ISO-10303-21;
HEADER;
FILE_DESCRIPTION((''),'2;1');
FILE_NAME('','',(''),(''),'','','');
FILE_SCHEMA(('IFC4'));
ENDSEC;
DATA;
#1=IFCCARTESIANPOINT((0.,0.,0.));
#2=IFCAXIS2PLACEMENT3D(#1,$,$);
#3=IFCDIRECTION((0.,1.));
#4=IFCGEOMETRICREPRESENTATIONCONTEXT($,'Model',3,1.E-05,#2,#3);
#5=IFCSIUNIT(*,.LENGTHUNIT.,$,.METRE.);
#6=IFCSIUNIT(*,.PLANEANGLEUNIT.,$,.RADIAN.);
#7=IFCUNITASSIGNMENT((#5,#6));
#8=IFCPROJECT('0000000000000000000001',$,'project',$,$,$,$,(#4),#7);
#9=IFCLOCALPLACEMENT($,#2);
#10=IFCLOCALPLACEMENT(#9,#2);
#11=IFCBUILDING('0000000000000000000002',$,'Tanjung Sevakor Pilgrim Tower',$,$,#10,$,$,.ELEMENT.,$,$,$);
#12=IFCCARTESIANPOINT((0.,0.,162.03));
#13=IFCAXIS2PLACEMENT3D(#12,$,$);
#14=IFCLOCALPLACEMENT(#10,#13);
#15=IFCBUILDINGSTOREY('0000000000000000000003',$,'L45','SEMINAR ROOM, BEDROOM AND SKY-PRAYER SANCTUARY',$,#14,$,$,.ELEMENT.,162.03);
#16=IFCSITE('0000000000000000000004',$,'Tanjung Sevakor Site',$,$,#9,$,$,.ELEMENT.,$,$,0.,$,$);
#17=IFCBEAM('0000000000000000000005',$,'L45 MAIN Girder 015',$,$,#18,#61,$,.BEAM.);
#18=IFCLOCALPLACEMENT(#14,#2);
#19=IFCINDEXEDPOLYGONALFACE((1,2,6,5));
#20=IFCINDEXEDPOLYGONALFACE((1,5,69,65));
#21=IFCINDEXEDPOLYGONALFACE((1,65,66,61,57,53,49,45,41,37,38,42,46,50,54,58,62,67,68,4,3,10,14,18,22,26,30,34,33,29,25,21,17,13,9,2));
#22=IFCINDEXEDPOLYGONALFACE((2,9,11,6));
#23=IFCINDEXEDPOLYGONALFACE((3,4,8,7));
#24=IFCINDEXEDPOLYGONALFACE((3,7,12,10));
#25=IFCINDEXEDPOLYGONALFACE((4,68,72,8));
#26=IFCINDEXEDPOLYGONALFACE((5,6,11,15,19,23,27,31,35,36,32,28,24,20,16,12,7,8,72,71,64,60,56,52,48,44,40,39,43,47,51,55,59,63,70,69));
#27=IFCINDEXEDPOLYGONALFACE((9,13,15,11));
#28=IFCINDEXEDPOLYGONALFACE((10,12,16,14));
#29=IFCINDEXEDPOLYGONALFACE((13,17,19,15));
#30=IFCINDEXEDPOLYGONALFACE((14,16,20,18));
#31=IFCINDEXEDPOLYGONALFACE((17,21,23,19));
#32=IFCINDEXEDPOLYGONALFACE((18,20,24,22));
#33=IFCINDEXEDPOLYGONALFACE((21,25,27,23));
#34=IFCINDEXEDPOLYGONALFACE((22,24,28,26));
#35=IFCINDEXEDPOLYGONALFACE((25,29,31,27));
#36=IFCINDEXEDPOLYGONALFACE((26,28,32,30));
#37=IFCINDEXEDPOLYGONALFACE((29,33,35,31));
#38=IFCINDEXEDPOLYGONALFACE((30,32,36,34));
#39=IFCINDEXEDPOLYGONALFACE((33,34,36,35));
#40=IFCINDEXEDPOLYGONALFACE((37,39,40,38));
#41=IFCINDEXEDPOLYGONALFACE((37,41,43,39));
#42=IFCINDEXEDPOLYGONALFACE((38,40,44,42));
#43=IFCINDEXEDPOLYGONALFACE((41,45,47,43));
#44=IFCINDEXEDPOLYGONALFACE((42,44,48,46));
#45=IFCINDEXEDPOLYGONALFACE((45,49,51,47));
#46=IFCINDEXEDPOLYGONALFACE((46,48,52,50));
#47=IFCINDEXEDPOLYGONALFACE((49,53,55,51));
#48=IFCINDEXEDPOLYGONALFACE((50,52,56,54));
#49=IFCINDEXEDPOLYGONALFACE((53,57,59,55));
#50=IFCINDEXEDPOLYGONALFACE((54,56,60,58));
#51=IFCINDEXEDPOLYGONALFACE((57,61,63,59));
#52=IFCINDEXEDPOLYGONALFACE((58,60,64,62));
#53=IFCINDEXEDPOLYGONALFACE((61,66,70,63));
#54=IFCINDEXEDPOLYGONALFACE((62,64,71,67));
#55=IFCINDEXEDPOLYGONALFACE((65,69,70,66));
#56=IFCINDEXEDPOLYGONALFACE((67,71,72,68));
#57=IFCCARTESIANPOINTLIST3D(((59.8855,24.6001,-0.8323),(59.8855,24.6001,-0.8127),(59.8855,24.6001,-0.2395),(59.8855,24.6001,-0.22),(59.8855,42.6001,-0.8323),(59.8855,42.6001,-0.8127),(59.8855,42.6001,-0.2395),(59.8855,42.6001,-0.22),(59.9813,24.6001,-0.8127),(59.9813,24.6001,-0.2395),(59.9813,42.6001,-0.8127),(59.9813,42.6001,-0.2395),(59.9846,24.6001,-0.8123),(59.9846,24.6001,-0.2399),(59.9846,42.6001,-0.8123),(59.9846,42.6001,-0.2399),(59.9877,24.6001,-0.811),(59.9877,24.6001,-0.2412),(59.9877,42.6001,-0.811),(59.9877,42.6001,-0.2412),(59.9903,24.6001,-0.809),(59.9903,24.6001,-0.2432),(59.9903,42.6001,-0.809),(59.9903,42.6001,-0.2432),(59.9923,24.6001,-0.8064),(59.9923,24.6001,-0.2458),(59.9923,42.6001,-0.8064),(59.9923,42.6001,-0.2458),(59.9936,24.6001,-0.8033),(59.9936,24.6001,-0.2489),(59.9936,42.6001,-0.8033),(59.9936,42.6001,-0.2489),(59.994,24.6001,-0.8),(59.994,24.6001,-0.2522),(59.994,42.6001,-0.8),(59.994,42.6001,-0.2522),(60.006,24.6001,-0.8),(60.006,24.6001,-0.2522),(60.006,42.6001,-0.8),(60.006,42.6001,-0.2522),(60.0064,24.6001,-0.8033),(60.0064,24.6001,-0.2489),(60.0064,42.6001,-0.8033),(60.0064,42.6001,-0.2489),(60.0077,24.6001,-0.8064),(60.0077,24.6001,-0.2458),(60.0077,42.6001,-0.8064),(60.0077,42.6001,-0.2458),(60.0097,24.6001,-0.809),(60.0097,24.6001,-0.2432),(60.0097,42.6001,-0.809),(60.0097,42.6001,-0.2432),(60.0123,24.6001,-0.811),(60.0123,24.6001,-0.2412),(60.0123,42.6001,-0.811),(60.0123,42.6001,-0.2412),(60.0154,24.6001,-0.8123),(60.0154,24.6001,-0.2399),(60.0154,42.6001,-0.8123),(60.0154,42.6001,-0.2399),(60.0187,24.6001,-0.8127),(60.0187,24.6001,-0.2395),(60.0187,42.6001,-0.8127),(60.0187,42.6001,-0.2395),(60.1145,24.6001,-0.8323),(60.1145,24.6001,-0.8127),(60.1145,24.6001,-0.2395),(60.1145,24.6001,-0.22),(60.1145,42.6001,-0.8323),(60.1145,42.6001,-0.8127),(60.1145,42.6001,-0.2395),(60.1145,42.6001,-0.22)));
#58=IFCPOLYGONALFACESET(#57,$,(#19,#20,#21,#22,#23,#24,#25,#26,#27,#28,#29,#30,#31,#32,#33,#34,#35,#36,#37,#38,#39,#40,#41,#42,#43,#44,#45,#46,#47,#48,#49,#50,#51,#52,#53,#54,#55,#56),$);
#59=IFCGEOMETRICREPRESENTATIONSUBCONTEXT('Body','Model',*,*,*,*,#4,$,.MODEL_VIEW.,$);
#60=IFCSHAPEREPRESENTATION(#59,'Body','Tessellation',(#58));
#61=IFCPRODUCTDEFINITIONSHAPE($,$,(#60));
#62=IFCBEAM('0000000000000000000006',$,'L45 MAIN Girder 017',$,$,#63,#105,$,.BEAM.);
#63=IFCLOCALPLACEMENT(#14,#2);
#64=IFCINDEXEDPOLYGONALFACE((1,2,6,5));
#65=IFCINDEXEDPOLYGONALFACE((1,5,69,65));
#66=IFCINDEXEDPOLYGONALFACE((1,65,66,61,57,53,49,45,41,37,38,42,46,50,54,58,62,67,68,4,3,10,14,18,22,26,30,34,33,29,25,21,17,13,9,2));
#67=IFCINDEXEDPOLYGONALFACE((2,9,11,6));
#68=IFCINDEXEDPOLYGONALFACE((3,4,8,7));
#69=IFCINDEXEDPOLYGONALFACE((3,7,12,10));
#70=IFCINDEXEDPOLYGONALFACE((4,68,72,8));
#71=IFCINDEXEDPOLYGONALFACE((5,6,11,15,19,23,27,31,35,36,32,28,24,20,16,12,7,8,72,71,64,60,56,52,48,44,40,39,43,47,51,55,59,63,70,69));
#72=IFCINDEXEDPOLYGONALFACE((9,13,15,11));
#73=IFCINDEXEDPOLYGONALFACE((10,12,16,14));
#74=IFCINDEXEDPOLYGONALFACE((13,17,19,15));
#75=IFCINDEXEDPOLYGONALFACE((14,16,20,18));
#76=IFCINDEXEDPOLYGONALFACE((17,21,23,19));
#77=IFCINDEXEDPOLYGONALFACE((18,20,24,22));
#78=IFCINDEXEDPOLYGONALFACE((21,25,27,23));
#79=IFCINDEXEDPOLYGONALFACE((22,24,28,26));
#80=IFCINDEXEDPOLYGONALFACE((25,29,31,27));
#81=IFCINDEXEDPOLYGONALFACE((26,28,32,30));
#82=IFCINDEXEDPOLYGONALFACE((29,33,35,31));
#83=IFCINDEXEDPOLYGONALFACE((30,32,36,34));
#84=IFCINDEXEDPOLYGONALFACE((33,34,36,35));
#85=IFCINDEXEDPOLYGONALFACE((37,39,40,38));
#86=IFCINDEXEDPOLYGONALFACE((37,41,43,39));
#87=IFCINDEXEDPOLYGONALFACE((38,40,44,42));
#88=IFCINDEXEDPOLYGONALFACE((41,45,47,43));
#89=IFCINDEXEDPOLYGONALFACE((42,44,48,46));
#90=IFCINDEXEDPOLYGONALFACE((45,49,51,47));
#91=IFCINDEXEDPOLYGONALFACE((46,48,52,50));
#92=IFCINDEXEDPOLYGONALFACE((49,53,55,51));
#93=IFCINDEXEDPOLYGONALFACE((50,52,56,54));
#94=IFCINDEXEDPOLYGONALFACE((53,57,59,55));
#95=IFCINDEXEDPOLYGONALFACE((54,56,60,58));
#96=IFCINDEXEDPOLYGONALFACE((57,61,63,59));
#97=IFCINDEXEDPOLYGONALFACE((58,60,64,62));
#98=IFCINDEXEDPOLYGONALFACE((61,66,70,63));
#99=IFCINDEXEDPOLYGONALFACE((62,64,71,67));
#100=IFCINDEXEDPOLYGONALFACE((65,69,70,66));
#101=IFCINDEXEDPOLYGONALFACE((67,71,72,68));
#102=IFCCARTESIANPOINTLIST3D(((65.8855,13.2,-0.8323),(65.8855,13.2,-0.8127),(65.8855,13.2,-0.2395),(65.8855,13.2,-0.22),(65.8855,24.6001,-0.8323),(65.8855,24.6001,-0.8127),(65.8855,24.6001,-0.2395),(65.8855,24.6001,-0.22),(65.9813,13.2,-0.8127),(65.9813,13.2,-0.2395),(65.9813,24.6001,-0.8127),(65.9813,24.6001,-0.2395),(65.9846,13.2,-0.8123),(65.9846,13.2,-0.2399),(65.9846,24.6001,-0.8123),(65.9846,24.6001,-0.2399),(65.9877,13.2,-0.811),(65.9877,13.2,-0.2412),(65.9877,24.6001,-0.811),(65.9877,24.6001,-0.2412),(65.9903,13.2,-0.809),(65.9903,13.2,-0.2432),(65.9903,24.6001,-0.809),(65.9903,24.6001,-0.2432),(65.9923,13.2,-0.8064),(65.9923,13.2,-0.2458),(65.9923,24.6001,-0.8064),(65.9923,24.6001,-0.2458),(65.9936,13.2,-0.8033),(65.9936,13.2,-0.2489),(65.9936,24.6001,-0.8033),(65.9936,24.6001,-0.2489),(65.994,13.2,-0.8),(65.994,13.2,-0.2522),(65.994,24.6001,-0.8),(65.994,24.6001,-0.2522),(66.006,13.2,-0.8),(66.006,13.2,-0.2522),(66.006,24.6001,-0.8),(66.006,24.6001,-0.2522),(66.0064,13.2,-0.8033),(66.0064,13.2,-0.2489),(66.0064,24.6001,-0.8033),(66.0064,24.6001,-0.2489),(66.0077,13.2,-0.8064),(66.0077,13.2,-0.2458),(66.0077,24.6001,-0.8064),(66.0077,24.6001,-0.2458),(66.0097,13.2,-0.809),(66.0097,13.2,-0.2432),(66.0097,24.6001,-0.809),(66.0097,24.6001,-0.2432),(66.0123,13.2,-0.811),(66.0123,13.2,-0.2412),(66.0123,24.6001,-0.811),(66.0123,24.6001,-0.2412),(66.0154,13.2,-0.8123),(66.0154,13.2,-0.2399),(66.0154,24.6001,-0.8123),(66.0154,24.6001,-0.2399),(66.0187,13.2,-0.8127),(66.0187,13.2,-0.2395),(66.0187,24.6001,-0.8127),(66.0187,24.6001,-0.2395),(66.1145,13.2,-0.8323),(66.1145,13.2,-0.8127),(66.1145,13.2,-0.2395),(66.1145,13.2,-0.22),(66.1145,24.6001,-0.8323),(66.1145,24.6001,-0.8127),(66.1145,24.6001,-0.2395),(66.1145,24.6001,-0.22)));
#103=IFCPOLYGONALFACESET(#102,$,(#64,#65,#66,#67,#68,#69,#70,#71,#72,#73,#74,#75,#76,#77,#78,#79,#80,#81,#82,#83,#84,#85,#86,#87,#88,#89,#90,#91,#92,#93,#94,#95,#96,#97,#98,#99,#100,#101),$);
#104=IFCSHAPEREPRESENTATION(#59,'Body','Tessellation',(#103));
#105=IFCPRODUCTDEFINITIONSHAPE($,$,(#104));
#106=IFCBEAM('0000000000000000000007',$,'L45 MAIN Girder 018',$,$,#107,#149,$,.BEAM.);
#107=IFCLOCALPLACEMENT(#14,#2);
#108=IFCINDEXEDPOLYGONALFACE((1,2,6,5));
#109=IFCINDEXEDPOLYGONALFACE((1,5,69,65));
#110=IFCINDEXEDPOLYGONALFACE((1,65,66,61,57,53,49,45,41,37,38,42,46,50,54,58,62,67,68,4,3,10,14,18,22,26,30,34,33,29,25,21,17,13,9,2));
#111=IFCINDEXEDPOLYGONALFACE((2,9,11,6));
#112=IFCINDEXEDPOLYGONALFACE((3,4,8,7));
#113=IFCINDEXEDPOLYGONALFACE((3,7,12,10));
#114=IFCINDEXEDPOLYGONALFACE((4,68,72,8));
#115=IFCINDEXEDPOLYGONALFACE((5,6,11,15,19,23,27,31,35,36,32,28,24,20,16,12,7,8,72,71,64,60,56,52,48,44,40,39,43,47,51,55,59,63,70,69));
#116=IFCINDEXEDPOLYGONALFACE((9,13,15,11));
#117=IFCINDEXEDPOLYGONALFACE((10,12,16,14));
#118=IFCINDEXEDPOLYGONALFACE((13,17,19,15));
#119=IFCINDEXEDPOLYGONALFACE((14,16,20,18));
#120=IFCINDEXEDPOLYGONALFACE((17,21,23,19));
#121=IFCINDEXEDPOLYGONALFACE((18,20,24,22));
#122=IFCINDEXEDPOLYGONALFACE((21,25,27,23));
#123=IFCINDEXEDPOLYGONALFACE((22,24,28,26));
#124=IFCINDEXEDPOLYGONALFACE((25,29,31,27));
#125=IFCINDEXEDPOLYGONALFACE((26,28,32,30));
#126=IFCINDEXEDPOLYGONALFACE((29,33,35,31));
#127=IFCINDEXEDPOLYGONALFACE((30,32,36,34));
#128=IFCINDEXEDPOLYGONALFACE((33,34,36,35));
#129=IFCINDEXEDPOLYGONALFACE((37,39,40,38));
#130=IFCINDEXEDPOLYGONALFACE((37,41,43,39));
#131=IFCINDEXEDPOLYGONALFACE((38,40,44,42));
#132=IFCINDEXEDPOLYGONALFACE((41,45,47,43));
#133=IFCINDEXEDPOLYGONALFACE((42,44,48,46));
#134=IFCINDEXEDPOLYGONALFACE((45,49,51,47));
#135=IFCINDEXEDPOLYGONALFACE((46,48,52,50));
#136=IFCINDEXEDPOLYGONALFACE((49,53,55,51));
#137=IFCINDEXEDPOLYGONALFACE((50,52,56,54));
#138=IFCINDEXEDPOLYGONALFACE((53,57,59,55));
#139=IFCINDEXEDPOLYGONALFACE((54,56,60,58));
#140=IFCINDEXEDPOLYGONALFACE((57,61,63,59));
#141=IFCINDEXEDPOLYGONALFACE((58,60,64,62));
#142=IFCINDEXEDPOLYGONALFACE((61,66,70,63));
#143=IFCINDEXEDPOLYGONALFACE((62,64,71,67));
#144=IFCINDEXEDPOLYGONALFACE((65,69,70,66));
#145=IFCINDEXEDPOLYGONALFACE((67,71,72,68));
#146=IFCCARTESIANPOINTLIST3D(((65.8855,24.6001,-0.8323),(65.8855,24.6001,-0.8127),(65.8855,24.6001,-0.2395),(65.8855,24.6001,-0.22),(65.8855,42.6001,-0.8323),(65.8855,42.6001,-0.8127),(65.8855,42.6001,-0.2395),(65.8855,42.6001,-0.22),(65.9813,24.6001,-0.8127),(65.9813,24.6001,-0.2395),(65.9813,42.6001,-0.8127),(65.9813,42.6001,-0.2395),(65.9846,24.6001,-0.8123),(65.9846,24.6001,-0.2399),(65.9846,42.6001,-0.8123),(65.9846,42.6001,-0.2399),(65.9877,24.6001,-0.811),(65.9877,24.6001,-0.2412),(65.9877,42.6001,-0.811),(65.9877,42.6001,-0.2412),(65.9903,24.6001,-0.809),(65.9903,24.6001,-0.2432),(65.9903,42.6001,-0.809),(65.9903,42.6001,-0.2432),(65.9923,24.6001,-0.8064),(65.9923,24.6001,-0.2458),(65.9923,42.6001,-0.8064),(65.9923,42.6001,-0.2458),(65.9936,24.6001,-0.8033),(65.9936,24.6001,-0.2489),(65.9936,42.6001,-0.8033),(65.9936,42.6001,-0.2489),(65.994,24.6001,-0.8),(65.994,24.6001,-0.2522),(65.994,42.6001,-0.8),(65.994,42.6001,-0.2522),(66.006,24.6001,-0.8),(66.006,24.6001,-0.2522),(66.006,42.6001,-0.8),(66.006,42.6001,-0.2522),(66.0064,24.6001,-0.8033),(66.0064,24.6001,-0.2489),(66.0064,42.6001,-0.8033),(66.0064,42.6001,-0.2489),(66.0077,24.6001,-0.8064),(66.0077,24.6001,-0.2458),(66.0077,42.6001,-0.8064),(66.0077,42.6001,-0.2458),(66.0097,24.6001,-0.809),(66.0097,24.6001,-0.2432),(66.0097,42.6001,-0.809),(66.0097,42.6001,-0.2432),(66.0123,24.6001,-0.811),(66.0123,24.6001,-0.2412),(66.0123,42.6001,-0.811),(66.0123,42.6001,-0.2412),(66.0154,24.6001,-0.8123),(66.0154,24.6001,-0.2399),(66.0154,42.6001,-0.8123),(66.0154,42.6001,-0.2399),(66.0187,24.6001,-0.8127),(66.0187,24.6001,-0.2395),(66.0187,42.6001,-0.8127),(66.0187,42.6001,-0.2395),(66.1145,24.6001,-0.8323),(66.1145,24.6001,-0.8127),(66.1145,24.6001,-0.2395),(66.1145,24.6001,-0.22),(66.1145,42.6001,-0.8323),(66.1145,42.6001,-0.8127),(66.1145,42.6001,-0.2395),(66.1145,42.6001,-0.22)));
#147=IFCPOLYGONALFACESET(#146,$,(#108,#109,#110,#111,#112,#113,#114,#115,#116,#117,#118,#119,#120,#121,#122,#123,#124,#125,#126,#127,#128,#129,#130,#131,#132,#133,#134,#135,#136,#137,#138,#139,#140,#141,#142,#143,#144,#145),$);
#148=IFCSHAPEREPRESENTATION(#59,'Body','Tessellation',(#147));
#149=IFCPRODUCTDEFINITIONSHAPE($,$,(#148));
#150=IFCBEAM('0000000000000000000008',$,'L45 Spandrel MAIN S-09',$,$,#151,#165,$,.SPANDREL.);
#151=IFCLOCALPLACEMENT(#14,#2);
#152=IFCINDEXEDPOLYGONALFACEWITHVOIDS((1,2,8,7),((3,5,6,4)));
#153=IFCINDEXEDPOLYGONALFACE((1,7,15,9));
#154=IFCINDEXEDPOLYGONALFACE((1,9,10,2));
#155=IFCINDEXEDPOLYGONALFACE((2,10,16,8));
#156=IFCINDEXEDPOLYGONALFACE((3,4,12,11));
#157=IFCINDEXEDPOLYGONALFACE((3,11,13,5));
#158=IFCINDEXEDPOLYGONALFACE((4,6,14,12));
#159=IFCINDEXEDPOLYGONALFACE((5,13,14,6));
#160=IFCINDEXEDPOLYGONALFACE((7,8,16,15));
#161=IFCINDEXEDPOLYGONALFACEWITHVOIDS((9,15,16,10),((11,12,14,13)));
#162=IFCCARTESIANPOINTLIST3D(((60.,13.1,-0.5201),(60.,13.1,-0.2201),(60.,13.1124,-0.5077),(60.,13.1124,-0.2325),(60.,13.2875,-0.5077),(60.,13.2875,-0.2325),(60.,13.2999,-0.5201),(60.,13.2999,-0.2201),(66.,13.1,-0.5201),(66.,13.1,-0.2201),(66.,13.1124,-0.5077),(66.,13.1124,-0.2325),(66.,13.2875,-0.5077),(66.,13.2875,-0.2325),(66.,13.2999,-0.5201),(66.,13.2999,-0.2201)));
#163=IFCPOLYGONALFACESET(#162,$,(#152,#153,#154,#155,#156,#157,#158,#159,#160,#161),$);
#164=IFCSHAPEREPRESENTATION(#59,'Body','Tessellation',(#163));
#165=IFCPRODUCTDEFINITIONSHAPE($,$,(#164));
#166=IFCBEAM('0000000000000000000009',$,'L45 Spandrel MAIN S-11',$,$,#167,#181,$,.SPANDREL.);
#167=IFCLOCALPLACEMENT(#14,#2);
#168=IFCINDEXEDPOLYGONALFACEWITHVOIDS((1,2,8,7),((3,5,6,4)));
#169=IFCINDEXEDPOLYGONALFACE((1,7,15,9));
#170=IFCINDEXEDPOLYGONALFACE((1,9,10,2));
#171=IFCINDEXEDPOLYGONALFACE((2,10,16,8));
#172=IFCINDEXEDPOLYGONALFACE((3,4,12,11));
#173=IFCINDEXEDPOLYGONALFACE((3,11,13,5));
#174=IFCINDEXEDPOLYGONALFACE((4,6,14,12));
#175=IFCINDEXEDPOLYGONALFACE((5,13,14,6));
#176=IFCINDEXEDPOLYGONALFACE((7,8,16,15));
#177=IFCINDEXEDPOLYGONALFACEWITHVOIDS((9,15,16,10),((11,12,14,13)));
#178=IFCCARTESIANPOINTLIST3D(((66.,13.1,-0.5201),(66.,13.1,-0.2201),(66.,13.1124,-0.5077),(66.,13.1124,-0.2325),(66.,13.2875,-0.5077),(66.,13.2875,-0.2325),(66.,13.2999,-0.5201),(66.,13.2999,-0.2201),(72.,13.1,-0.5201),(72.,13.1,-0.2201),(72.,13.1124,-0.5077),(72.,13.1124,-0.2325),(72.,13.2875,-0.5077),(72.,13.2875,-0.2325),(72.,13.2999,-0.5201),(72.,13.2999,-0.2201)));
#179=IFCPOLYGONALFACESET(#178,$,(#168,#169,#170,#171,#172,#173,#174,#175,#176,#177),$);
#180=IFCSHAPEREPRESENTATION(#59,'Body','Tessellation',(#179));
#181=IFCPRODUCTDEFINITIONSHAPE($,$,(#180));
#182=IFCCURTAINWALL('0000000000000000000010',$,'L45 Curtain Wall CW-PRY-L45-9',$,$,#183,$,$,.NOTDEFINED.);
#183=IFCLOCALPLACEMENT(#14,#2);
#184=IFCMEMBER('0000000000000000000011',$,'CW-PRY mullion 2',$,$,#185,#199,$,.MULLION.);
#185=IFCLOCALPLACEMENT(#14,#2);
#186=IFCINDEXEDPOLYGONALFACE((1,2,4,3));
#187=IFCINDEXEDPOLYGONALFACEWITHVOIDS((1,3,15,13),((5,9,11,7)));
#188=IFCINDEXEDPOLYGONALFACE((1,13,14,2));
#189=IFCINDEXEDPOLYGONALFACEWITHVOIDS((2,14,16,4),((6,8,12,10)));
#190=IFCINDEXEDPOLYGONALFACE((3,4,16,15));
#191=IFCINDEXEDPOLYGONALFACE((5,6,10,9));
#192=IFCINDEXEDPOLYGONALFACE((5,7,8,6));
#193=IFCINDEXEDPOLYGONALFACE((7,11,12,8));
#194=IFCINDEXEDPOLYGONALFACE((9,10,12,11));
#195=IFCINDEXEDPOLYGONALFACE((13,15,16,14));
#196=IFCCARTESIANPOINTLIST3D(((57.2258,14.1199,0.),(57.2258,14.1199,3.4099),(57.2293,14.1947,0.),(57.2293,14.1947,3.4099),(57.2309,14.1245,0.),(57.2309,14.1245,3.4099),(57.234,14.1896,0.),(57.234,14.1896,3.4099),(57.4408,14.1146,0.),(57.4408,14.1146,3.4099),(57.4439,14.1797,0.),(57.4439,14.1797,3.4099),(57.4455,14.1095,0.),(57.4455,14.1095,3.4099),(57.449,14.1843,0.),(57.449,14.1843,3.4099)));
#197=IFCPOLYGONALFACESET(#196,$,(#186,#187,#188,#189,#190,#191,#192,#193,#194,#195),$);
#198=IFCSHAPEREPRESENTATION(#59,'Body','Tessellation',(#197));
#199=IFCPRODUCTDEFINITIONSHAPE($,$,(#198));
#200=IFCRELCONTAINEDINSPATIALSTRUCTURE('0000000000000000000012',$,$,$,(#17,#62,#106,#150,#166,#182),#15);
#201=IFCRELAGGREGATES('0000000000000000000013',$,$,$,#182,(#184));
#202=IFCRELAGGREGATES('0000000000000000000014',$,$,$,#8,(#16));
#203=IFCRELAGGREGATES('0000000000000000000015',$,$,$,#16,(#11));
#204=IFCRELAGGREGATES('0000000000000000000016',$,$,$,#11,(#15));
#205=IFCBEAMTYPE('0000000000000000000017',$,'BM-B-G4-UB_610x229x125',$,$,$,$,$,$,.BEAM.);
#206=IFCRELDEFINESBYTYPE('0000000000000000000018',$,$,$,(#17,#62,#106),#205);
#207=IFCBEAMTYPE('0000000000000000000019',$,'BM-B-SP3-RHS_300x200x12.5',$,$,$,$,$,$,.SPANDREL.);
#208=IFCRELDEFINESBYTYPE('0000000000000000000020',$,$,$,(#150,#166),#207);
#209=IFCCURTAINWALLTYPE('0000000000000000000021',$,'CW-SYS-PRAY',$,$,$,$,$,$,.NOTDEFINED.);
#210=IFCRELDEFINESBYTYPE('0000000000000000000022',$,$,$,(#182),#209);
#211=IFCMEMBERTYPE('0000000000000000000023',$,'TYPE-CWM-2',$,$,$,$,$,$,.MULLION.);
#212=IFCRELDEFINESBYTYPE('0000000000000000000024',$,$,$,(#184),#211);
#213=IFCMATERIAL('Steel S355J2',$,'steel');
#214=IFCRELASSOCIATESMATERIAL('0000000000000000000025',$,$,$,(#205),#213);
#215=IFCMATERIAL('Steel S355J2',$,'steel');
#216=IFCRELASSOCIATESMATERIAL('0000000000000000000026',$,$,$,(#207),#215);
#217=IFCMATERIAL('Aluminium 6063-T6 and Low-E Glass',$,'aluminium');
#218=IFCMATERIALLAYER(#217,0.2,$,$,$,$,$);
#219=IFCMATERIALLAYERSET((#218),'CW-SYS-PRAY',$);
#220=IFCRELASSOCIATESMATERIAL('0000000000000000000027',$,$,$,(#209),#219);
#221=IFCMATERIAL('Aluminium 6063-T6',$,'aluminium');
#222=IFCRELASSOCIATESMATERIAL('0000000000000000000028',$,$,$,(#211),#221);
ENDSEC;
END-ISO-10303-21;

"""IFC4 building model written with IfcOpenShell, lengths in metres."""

from ifc_helpers import new_model, si_unit, direction, frame, origin, origin_2d, place, context, subcontext, project, spatial, hollow_rectangle, i_section, extrude, material, layer, layer_set, material_profile, profile_set, type_object, element, aggregate, save


model = new_model("IFC4")

# Units and contexts
model_context = context("Model", 3, precision=1e-05, world=origin(), true_north=direction((0.0, 1.0)))
body_context = subcontext(model_context, "Body", "Model", "MODEL_VIEW")
ifc_project = project(units=[si_unit("LENGTHUNIT", "METRE"), si_unit("PLANEANGLEUNIT", "RADIAN")], contexts=[model_context])

# Site, building, storey
site_placement = place(None, origin())
site = spatial("IfcSite", under=ifc_project, at=site_placement, Name="Tanjung Sevakor Site", CompositionType="ELEMENT", RefElevation=0.0)
building_placement = place(site_placement, origin())
building = spatial("IfcBuilding", under=site, at=building_placement, Name="Tanjung Sevakor Pilgrim Tower", CompositionType="ELEMENT")
storey_placement = place(building_placement, frame((0.0, 0.0, 162.03)))
storey = spatial("IfcBuildingStorey", under=building, at=storey_placement, Name="L45", Description="SEMINAR ROOM, BEDROOM AND SKY-PRAYER SANCTUARY", CompositionType="ELEMENT", Elevation=162.03)

# Beams
ifc_material_1 = material(Name="Steel S355J2", Category="steel")
ifc_material_profile_1 = material_profile(ifc_material_1, i_section(OverallWidth=0.229, OverallDepth=0.6123, WebThickness=0.012, FlangeThickness=0.0195, FilletRadius=0.0127, at=origin_2d()))
ifc_profile_set_1 = profile_set([ifc_material_profile_1], Name="Steel S355J2")
beam_type_1 = type_object("IfcBeamType", Name="BM-B-G4-UB_610x229x125", PredefinedType="BEAM", material=ifc_profile_set_1)
beam_1_placement = place(storey_placement, frame((60.0, 24.6001, -0.5261), z_axis=(0.0, 1.0, 0.0), x_axis=(-1.0, 0.0, 0.0)))
element("IfcBeam", 1, at=beam_1_placement, inside=storey, type_object=beam_type_1, Name="L45 MAIN Girder 015", PredefinedType="BEAM", context=body_context, shape_type="SweptSolid", body=[
    extrude(i_section(OverallWidth=0.229, OverallDepth=0.6123, WebThickness=0.012, FlangeThickness=0.0195, FilletRadius=0.0127, at=origin_2d()), origin(), (0.0, 0.0, 1.0), 18.0),
])
beam_2_placement = place(storey_placement, frame((66.0, 13.2, -0.5261), z_axis=(0.0, 1.0, 0.0), x_axis=(-1.0, 0.0, 0.0)))
element("IfcBeam", 2, at=beam_2_placement, inside=storey, type_object=beam_type_1, Name="L45 MAIN Girder 017", PredefinedType="BEAM", context=body_context, shape_type="SweptSolid", body=[
    extrude(i_section(OverallWidth=0.229, OverallDepth=0.6123, WebThickness=0.012, FlangeThickness=0.0195, FilletRadius=0.0127, at=origin_2d()), origin(), (0.0, 0.0, 1.0), 11.4001),
])
beam_3_placement = place(storey_placement, frame((66.0, 24.6001, -0.5261), z_axis=(0.0, 1.0, 0.0), x_axis=(-1.0, 0.0, 0.0)))
element("IfcBeam", 3, at=beam_3_placement, inside=storey, type_object=beam_type_1, Name="L45 MAIN Girder 018", PredefinedType="BEAM", context=body_context, shape_type="SweptSolid", body=[
    extrude(i_section(OverallWidth=0.229, OverallDepth=0.6123, WebThickness=0.012, FlangeThickness=0.0195, FilletRadius=0.0127, at=origin_2d()), origin(), (0.0, 0.0, 1.0), 18.0),
])
ifc_material_2 = material(Name="Steel S355J2", Category="steel")
ifc_material_profile_2 = material_profile(ifc_material_2, hollow_rectangle(XDim=0.2, YDim=0.3, WallThickness=0.0125, at=origin_2d()))
ifc_profile_set_2 = profile_set([ifc_material_profile_2], Name="Steel S355J2")
beam_type_2 = type_object("IfcBeamType", Name="BM-B-SP3-RHS_300x200x12.5", PredefinedType="SPANDREL", material=ifc_profile_set_2)
for number, where, z_axis, x_axis, name in (
    (4, (60.0, 13.2, -0.3701), (1.0, 0.0, 0.0), (0.0, 1.0, 0.0), "L45 Spandrel MAIN S-09"),
    (5, (66.0, 13.2, -0.3701), (1.0, 0.0, 0.0), (0.0, 1.0, 0.0), "L45 Spandrel MAIN S-11"),
):
    element("IfcBeam", number, at=place(storey_placement, frame(where, z_axis=z_axis, x_axis=x_axis)), inside=storey, type_object=beam_type_2, Name=name, PredefinedType="SPANDREL", context=body_context, shape_type="SweptSolid", body=[
        extrude(hollow_rectangle(XDim=0.2, YDim=0.3, WallThickness=0.0125, at=origin_2d()), origin(), (0.0, 0.0, 1.0), 6.0),
    ])

# Curtain wall, member
ifc_material_3 = material(Name="Aluminium 6063-T6 and Low-E Glass", Category="aluminium")
ifc_layer_1 = layer(ifc_material_3, 0.2)
ifc_layer_set_1 = layer_set([ifc_layer_1], Name="CW-SYS-PRAY")
curtain_wall_type = type_object("IfcCurtainWallType", Name="CW-SYS-PRAY", PredefinedType="NOTDEFINED", material=ifc_layer_set_1)
curtain_wall_1_placement = place(storey_placement, origin())
curtain_wall_1 = element("IfcCurtainWall", 6, at=curtain_wall_1_placement, inside=storey, type_object=curtain_wall_type, Name="L45 Curtain Wall CW-PRY-L45-9", PredefinedType="NOTDEFINED")
ifc_material_4 = material(Name="Aluminium 6063-T6", Category="aluminium")
ifc_material_profile_3 = material_profile(ifc_material_4, hollow_rectangle(XDim=0.075, YDim=0.22, WallThickness=0.0049, at=origin_2d()))
ifc_profile_set_3 = profile_set([ifc_material_profile_3], Name="Aluminium 6063-T6")
member_type_1 = type_object("IfcMemberType", Name="TYPE-CWM-2", PredefinedType="MULLION", material=ifc_profile_set_3)
member_1_placement = place(storey_placement, frame((57.3374, 14.1521, 0.0), z_axis=(0.0, 0.0, 1.0), x_axis=(0.047343, 0.998879, 0.0)))
member_1 = element("IfcMember", 7, at=member_1_placement, type_object=member_type_1, Name="CW-PRY mullion 2", PredefinedType="MULLION", context=body_context, shape_type="SweptSolid", body=[
    extrude(hollow_rectangle(XDim=0.075, YDim=0.22, WallThickness=0.0049, at=origin_2d()), origin(), (0.0, 0.0, 1.0), 3.4099),
])

aggregate(curtain_wall_1, [member_1])

save(model, "model.ifc")
